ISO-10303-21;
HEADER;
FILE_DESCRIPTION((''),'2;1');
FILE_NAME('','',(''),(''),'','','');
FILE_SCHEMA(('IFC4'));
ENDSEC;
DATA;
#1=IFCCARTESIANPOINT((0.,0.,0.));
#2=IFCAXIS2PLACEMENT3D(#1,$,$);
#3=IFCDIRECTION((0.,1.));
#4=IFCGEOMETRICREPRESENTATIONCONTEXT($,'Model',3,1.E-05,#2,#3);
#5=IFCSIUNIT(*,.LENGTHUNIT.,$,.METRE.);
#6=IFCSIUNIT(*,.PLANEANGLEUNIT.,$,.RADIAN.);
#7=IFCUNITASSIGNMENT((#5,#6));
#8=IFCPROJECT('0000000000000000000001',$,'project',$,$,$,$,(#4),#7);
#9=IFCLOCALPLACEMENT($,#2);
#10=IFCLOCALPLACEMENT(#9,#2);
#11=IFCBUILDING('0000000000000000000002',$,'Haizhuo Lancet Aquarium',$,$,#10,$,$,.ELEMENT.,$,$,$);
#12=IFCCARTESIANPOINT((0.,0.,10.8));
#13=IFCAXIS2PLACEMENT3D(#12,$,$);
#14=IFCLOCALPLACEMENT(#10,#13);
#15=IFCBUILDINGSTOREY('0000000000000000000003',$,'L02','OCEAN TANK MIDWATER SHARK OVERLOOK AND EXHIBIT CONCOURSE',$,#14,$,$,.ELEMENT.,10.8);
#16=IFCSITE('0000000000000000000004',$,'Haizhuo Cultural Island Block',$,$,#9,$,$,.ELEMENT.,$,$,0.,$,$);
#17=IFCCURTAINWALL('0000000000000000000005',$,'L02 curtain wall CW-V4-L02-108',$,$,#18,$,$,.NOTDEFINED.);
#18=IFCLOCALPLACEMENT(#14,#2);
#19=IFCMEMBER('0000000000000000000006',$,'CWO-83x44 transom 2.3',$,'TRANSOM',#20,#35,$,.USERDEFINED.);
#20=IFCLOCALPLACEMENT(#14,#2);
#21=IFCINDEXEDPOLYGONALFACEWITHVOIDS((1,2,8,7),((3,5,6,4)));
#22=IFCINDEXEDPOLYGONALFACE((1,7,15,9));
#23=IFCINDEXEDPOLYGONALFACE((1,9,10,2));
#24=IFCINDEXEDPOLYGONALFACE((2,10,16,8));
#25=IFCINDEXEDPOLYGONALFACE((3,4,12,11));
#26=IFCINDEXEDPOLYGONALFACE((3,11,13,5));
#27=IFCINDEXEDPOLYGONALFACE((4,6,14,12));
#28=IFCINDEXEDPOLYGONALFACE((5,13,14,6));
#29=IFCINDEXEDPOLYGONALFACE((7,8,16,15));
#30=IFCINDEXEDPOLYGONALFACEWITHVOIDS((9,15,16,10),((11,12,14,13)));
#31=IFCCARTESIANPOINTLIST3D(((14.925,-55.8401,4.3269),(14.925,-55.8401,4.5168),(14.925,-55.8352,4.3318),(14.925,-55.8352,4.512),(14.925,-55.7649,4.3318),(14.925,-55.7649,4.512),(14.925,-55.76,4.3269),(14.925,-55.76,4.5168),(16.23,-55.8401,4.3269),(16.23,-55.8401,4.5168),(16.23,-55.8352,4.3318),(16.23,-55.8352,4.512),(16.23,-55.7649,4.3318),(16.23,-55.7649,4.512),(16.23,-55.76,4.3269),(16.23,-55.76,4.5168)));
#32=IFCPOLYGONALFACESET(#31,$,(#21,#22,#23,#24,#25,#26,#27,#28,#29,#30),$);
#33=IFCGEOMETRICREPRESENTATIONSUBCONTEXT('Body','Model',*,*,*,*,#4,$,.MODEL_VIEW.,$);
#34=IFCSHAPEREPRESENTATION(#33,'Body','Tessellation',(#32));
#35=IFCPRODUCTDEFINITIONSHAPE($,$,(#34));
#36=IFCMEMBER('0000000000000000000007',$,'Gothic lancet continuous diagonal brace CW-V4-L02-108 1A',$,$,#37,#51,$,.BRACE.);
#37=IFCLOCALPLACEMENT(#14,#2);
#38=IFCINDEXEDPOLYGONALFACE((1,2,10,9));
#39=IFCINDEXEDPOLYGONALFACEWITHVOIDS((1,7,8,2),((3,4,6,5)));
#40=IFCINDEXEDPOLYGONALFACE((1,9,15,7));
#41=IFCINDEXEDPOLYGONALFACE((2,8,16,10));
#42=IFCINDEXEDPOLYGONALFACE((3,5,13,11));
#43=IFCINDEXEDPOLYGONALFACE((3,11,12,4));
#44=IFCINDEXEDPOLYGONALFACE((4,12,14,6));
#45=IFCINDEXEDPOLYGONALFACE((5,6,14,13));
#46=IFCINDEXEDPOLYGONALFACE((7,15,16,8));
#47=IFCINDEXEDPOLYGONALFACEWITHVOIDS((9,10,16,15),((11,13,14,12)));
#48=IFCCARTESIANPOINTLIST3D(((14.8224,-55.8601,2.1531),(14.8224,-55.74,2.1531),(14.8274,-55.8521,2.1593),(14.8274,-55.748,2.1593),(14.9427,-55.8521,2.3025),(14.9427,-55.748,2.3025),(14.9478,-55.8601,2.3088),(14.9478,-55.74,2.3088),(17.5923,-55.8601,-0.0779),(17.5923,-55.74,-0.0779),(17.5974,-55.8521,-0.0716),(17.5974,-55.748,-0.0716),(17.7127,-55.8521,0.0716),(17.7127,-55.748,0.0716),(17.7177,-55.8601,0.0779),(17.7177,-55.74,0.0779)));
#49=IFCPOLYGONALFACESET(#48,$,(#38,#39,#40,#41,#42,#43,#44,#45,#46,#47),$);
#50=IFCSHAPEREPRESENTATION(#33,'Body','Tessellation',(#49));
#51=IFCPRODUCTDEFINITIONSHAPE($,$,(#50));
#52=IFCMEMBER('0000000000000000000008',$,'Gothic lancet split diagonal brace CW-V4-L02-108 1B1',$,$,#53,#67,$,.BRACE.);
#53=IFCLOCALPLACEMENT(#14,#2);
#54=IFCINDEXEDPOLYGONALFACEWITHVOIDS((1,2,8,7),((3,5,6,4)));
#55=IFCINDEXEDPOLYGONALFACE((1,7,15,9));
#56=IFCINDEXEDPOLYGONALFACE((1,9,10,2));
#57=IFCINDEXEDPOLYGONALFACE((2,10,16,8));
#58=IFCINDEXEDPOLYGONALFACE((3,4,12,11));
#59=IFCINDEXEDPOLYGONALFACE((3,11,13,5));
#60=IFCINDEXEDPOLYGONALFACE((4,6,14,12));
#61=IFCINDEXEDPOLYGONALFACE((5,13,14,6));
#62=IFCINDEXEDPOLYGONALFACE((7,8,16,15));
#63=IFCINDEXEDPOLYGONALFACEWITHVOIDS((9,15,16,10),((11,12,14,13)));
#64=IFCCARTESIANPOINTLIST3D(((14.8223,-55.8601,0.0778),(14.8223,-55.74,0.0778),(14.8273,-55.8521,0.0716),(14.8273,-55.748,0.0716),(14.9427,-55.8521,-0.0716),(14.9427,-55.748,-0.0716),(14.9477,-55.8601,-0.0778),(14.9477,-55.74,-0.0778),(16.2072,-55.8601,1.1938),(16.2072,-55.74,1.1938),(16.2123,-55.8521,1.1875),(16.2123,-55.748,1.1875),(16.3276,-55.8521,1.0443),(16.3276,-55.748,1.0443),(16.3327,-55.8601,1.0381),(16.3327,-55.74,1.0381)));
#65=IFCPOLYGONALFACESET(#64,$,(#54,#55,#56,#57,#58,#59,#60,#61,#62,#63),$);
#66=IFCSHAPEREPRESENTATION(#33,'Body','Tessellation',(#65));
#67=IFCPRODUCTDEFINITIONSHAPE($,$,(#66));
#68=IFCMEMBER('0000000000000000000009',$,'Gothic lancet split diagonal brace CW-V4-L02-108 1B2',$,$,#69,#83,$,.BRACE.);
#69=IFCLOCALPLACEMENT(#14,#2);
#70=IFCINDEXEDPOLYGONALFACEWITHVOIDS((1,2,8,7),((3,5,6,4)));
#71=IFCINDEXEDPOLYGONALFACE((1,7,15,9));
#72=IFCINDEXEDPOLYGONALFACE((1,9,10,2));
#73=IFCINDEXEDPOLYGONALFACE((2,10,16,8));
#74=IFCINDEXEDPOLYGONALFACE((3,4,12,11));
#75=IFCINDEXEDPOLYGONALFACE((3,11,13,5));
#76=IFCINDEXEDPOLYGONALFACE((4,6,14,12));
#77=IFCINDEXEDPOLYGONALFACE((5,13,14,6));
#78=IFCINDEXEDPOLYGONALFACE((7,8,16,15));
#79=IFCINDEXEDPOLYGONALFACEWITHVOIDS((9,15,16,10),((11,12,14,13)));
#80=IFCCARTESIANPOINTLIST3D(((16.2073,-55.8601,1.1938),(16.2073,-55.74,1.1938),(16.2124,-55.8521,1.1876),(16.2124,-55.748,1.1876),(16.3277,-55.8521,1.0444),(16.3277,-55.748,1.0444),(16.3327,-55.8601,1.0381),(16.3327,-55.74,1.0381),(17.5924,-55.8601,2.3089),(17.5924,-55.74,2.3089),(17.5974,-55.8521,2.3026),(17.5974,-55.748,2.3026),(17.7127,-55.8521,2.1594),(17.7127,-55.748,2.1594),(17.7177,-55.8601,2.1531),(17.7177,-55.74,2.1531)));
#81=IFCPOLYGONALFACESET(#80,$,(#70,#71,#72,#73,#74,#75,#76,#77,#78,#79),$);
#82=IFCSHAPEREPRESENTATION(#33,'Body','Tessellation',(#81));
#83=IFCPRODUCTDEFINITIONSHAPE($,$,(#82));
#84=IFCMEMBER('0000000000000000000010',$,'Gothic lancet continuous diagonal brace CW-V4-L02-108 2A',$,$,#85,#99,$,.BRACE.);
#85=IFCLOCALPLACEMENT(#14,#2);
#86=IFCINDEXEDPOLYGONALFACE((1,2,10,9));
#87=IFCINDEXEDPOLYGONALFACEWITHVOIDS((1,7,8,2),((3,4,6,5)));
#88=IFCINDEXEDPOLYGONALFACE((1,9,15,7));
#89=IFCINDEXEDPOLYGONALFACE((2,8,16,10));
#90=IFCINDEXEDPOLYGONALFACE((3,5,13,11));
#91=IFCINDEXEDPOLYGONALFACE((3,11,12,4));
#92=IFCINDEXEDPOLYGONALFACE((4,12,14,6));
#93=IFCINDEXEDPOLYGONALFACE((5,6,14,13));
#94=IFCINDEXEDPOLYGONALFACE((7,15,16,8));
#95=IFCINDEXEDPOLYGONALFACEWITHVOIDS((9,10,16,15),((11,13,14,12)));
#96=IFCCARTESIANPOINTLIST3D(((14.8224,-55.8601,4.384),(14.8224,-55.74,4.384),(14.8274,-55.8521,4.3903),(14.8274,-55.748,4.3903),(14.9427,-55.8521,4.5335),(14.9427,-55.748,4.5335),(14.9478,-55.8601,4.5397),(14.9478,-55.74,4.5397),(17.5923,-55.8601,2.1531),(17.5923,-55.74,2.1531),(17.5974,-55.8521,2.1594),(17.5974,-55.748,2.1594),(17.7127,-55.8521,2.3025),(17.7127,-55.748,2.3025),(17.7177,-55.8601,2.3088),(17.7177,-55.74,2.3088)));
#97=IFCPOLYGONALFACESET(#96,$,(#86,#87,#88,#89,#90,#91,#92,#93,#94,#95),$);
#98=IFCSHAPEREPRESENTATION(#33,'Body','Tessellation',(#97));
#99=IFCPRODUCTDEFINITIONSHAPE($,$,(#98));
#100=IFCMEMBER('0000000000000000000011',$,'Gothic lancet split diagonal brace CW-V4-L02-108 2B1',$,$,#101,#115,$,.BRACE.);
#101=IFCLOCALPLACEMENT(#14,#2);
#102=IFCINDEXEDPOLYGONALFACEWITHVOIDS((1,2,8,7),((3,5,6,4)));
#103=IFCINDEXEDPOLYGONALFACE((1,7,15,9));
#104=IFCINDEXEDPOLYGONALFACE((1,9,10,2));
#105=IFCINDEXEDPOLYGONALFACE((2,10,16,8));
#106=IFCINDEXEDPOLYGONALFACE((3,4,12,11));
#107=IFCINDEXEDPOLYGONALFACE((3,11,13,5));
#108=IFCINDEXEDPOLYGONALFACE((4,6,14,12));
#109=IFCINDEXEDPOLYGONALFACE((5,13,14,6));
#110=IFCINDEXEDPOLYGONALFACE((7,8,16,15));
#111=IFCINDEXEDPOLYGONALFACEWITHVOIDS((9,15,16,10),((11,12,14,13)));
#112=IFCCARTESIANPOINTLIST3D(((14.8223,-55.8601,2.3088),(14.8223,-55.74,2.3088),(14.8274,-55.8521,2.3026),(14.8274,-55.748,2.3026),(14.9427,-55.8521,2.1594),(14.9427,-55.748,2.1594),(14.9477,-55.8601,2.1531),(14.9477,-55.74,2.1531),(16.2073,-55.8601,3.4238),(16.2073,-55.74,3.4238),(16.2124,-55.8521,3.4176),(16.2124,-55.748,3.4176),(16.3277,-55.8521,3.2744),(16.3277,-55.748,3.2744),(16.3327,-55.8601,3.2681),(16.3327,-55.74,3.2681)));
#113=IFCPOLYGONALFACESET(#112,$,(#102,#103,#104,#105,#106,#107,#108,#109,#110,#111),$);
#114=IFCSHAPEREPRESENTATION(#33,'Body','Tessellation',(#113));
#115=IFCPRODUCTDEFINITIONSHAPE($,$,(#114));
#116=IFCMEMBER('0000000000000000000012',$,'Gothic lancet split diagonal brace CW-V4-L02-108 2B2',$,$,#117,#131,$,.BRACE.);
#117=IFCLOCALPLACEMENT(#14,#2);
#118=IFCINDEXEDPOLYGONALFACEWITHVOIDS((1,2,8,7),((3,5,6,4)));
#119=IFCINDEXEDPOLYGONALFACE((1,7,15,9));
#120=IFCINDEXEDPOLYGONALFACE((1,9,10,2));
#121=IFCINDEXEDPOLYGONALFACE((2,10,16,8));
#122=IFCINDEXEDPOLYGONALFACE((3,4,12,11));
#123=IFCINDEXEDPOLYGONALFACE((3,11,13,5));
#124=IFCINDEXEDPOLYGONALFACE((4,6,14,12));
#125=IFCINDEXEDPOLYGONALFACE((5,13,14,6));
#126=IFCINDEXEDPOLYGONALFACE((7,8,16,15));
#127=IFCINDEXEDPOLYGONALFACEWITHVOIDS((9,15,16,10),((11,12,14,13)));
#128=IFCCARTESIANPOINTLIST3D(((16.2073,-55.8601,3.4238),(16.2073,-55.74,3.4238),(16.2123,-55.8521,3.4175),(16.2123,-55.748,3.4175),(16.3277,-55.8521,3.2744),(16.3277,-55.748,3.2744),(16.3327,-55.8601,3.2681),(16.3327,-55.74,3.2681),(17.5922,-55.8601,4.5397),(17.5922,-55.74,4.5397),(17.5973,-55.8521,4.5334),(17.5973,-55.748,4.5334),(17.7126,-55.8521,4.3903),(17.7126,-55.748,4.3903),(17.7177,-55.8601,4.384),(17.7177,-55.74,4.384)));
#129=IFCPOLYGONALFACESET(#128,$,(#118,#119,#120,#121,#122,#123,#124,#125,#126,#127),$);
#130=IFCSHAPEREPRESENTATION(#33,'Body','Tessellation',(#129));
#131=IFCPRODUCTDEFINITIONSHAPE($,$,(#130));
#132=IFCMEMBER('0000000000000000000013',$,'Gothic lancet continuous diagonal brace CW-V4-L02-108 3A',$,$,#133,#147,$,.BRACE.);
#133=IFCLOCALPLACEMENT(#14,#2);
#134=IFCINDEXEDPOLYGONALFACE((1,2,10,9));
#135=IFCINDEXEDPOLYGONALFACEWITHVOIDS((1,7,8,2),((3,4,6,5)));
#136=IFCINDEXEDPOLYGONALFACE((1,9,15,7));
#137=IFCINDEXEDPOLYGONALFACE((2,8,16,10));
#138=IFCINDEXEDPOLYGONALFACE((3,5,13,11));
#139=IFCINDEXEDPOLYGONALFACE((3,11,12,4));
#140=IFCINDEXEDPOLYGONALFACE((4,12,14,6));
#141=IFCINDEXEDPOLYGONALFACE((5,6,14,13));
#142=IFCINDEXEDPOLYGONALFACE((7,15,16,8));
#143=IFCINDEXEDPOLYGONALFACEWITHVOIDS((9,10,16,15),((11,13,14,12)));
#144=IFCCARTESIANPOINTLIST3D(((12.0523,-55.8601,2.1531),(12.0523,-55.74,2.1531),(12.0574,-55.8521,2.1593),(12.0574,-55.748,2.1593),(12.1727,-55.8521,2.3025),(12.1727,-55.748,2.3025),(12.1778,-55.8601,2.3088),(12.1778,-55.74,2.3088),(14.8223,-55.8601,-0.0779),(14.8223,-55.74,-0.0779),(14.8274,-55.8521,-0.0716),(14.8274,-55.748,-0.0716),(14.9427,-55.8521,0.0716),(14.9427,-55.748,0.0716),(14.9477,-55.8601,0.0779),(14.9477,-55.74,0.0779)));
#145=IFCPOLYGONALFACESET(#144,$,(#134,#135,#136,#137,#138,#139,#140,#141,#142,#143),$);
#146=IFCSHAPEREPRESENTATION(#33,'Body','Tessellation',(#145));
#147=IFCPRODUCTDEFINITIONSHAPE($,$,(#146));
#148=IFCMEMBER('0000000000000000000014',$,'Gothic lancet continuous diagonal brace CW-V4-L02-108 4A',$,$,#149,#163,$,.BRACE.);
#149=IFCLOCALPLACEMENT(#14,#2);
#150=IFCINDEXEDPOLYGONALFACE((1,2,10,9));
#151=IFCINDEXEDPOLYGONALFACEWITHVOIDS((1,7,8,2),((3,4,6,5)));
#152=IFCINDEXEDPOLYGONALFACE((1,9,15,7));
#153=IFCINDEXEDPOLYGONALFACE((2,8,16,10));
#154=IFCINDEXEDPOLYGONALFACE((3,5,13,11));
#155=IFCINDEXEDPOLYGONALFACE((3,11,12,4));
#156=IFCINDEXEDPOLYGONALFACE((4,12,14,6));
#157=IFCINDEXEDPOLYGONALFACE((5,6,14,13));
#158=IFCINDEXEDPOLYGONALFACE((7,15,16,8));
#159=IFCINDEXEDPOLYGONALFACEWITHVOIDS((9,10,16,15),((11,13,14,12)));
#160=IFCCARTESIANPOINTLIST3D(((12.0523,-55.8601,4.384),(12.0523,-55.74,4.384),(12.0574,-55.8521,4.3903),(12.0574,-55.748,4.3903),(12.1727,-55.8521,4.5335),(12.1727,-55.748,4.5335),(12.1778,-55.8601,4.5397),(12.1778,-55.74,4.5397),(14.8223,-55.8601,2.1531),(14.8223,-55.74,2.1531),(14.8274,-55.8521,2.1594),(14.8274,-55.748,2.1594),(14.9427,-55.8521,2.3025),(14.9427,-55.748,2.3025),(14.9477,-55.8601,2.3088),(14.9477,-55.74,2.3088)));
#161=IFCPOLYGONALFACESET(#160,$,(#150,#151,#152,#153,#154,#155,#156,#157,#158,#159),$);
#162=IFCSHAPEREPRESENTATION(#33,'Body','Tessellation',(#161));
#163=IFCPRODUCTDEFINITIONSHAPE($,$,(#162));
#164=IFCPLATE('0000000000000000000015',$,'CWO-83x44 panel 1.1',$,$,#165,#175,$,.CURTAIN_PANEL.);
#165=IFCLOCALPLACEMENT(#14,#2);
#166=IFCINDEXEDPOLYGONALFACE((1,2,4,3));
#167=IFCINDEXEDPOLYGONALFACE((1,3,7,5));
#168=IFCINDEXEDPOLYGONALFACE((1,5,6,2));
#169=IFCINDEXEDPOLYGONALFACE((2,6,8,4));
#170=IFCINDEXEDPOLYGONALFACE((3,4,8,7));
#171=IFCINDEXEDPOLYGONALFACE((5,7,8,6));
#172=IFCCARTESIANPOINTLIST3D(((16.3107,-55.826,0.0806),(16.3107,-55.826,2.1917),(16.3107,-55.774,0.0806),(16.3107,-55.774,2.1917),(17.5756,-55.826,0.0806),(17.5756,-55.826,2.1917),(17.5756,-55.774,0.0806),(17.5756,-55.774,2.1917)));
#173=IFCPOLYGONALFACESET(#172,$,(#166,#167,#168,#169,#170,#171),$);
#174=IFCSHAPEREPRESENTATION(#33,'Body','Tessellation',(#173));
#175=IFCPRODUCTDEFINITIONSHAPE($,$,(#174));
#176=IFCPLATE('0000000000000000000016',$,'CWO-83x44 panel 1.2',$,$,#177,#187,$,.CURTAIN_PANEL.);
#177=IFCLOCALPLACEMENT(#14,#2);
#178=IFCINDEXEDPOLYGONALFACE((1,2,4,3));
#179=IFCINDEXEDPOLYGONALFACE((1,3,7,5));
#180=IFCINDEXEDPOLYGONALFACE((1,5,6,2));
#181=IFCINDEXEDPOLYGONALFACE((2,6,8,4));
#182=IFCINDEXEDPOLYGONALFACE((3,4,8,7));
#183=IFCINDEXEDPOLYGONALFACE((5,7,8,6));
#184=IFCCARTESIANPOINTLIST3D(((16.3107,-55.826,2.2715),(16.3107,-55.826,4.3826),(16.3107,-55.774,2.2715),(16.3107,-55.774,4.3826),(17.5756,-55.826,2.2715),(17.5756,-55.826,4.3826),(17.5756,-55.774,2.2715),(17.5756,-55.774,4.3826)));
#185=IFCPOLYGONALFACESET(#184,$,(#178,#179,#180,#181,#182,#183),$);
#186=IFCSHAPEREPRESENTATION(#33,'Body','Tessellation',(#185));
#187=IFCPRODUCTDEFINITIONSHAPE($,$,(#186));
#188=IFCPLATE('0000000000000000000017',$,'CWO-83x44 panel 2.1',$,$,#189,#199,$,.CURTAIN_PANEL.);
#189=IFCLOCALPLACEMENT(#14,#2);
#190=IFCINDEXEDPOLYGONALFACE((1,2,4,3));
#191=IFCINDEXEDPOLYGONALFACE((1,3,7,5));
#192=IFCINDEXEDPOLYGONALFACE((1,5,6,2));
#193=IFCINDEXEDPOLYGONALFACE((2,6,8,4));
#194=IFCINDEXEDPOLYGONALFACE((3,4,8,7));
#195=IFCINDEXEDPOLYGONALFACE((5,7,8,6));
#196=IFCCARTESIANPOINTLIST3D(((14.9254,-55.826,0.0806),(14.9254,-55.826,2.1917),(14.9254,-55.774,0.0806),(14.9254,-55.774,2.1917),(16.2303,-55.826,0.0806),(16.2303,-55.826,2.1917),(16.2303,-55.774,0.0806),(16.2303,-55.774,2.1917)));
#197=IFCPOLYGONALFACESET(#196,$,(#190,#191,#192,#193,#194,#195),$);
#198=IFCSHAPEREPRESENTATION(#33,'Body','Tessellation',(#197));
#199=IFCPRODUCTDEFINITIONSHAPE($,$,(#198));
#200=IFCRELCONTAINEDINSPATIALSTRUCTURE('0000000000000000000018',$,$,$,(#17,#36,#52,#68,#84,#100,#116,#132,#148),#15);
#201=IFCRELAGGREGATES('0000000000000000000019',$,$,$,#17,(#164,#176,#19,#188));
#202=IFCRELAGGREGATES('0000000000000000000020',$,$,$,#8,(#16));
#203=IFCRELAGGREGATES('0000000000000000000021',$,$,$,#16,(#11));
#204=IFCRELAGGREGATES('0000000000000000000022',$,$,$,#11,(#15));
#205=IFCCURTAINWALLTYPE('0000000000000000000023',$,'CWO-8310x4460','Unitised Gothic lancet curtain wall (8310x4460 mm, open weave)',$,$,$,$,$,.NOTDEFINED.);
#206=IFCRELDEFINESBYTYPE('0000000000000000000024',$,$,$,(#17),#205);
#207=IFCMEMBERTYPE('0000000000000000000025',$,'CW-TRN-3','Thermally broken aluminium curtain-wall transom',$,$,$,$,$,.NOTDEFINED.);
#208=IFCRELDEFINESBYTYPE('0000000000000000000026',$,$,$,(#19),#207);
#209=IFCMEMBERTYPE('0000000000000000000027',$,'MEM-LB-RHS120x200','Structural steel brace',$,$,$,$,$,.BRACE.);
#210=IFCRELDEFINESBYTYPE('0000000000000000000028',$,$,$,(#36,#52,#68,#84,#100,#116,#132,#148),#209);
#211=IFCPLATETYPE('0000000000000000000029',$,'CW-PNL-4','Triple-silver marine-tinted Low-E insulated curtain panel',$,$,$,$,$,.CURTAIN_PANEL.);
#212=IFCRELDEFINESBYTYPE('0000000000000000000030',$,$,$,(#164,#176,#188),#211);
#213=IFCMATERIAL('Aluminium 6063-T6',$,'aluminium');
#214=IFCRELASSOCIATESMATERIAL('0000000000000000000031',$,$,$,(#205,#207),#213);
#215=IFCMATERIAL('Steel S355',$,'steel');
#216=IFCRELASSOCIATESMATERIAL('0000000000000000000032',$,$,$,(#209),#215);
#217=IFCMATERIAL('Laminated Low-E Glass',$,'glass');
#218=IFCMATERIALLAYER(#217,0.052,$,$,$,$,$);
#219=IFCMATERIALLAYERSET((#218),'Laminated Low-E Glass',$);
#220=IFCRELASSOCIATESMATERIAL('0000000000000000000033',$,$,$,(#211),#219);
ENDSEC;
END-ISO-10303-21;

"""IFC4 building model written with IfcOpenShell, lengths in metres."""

from ifc_helpers import new_model, si_unit, direction, frame, origin, origin_2d, place, context, subcontext, project, spatial, rectangle, hollow_rectangle, extrude, material, layer, layer_set, material_profile, profile_set, type_object, element, aggregate, save


model = new_model("IFC4")

# Units and contexts
model_context = context("Model", 3, precision=1e-05, world=origin(), true_north=direction((0.0, 1.0)))
body_context = subcontext(model_context, "Body", "Model", "MODEL_VIEW")
ifc_project = project(units=[si_unit("LENGTHUNIT", "METRE"), si_unit("PLANEANGLEUNIT", "RADIAN")], contexts=[model_context])

# Site, building, storey
site_placement = place(None, origin())
site = spatial("IfcSite", under=ifc_project, at=site_placement, Name="Haizhuo Cultural Island Block", CompositionType="ELEMENT", RefElevation=0.0)
building_placement = place(site_placement, origin())
building = spatial("IfcBuilding", under=site, at=building_placement, Name="Haizhuo Lancet Aquarium", CompositionType="ELEMENT")
storey_placement = place(building_placement, frame((0.0, 0.0, 10.8)))
storey = spatial("IfcBuildingStorey", under=building, at=storey_placement, Name="L02", Description="OCEAN TANK MIDWATER SHARK OVERLOOK AND EXHIBIT CONCOURSE", CompositionType="ELEMENT", Elevation=10.8)

# Shared definitions
ifc_material_1 = material(Name="Steel S355", Category="steel")

# Curtain wall, member
ifc_material_2 = material(Name="Aluminium 6063-T6", Category="aluminium")
curtain_wall_type = type_object("IfcCurtainWallType", Name="CWO-8310x4460", Description="Unitised Gothic lancet curtain wall (8310x4460 mm, open weave)", PredefinedType="NOTDEFINED", material=ifc_material_2)
curtain_wall_placement = place(storey_placement, origin())
curtain_wall = element("IfcCurtainWall", 1, at=curtain_wall_placement, inside=storey, type_object=curtain_wall_type, Name="L02 curtain wall CW-V4-L02-108", PredefinedType="NOTDEFINED")
ifc_material_profile_1 = material_profile(ifc_material_2, hollow_rectangle(XDim=0.0801, YDim=0.1899, WallThickness=0.0049, at=origin_2d()), Name="ALU-T 80x190x5")
ifc_profile_set_1 = profile_set([ifc_material_profile_1], Name="Aluminium 6063-T6")
member_type_1 = type_object("IfcMemberType", Name="CW-TRN-3", Description="Thermally broken aluminium curtain-wall transom", PredefinedType="NOTDEFINED", material=ifc_profile_set_1)
member_1_placement = place(storey_placement, frame((16.23, -55.8, 4.4219), z_axis=(-1.0, 0.0, 0.0), x_axis=(0.0, -1.0, 0.0)))
member_1 = element("IfcMember", 2, at=member_1_placement, type_object=member_type_1, Name="CWO-83x44 transom 2.3", ObjectType="TRANSOM", PredefinedType="USERDEFINED", context=body_context, shape_type="SweptSolid", body=[
    extrude(hollow_rectangle(XDim=0.0801, YDim=0.1899, WallThickness=0.0049, at=origin_2d()), origin(), (0.0, 0.0, 1.0), 1.3049),
])

# Members
ifc_material_profile_2 = material_profile(ifc_material_1, hollow_rectangle(XDim=0.1201, YDim=0.2, WallThickness=0.0081, at=origin_2d()), Name="RHS 120x200x8")
ifc_profile_set_2 = profile_set([ifc_material_profile_2], Name="Steel S355")
member_type_2 = type_object("IfcMemberType", Name="MEM-LB-RHS120x200", Description="Structural steel brace", PredefinedType="BRACE", material=ifc_profile_set_2)
member_2_placement = place(storey_placement, frame((17.655, -55.8, 0.0), z_axis=(-0.778815, 0.0, 0.627253), x_axis=(0.0, -1.0, 0.0)))
element("IfcMember", 3, at=member_2_placement, inside=storey, type_object=member_type_2, Name="Gothic lancet continuous diagonal brace CW-V4-L02-108 1A", PredefinedType="BRACE", context=body_context, shape_type="SweptSolid", body=[
    extrude(hollow_rectangle(XDim=0.1201, YDim=0.2, WallThickness=0.0081, at=origin_2d()), origin(), (0.0, 0.0, 1.0), 3.5566),
])
member_3_placement = place(storey_placement, frame((14.885, -55.8, 0.0), z_axis=(0.778681, 0.0, 0.62742), x_axis=(0.0, 1.0, 0.0)))
element("IfcMember", 4, at=member_3_placement, inside=storey, type_object=member_type_2, Name="Gothic lancet split diagonal brace CW-V4-L02-108 1B1", PredefinedType="BRACE", context=body_context, shape_type="SweptSolid", body=[
    extrude(hollow_rectangle(XDim=0.1201, YDim=0.2, WallThickness=0.0081, at=origin_2d()), origin(), (0.0, 0.0, 1.0), 1.7786),
])
member_4_placement = place(storey_placement, frame((16.27, -55.8, 1.116), z_axis=(0.77895, 0.0, 0.627087), x_axis=(0.0, 1.0, 0.0)))
element("IfcMember", 5, at=member_4_placement, inside=storey, type_object=member_type_2, Name="Gothic lancet split diagonal brace CW-V4-L02-108 1B2", PredefinedType="BRACE", context=body_context, shape_type="SweptSolid", body=[
    extrude(hollow_rectangle(XDim=0.1201, YDim=0.2, WallThickness=0.0081, at=origin_2d()), origin(), (0.0, 0.0, 1.0), 1.7781),
])
member_5_placement = place(storey_placement, frame((17.655, -55.8, 2.231), z_axis=(-0.778815, 0.0, 0.627253), x_axis=(0.0, -1.0, 0.0)))
element("IfcMember", 6, at=member_5_placement, inside=storey, type_object=member_type_2, Name="Gothic lancet continuous diagonal brace CW-V4-L02-108 2A", PredefinedType="BRACE", context=body_context, shape_type="SweptSolid", body=[
    extrude(hollow_rectangle(XDim=0.1201, YDim=0.2, WallThickness=0.0081, at=origin_2d()), origin(), (0.0, 0.0, 1.0), 3.5566),
])
member_6_placement = place(storey_placement, frame((14.885, -55.8, 2.231), z_axis=(0.77895, 0.0, 0.627087), x_axis=(0.0, 1.0, 0.0)))
element("IfcMember", 7, at=member_6_placement, inside=storey, type_object=member_type_2, Name="Gothic lancet split diagonal brace CW-V4-L02-108 2B1", PredefinedType="BRACE", context=body_context, shape_type="SweptSolid", body=[
    extrude(hollow_rectangle(XDim=0.1201, YDim=0.2, WallThickness=0.0081, at=origin_2d()), origin(), (0.0, 0.0, 1.0), 1.7781),
])
member_7_placement = place(storey_placement, frame((16.27, -55.8, 3.3459), z_axis=(0.778681, 0.0, 0.62742), x_axis=(0.0, 1.0, 0.0)))
element("IfcMember", 8, at=member_7_placement, inside=storey, type_object=member_type_2, Name="Gothic lancet split diagonal brace CW-V4-L02-108 2B2", PredefinedType="BRACE", context=body_context, shape_type="SweptSolid", body=[
    extrude(hollow_rectangle(XDim=0.1201, YDim=0.2, WallThickness=0.0081, at=origin_2d()), origin(), (0.0, 0.0, 1.0), 1.7786),
])
for number, where, z_axis, x_axis, name in (
    (9, (14.885, -55.8, 0.0), (-0.778815, 0.0, 0.627253), (0.0, -1.0, 0.0), "Gothic lancet continuous diagonal brace CW-V4-L02-108 3A"),
    (10, (14.885, -55.8, 2.231), (-0.778815, 0.0, 0.627253), (0.0, -1.0, 0.0), "Gothic lancet continuous diagonal brace CW-V4-L02-108 4A"),
):
    element("IfcMember", number, at=place(storey_placement, frame(where, z_axis=z_axis, x_axis=x_axis)), inside=storey, type_object=member_type_2, Name=name, PredefinedType="BRACE", context=body_context, shape_type="SweptSolid", body=[
        extrude(hollow_rectangle(XDim=0.1201, YDim=0.2, WallThickness=0.0081, at=origin_2d()), origin(), (0.0, 0.0, 1.0), 3.5566),
    ])

# Plates
ifc_material_3 = material(Name="Laminated Low-E Glass", Category="glass")
ifc_layer = layer(ifc_material_3, 0.052)
ifc_layer_set = layer_set([ifc_layer], Name="Laminated Low-E Glass")
plate_type = type_object("IfcPlateType", Name="CW-PNL-4", Description="Triple-silver marine-tinted Low-E insulated curtain panel", PredefinedType="CURTAIN_PANEL", material=ifc_layer_set)
plate_1_placement = place(storey_placement, frame((16.9431, -55.8, 0.0806), z_axis=(0.0, 0.0, 1.0), x_axis=(-1.0, 0.0, 0.0)))
plate_1 = element("IfcPlate", 11, at=plate_1_placement, type_object=plate_type, Name="CWO-83x44 panel 1.1", PredefinedType="CURTAIN_PANEL", context=body_context, shape_type="SweptSolid", body=[
    extrude(rectangle(XDim=1.2649, YDim=0.052, at=origin_2d()), origin(), (0.0, 0.0, 1.0), 2.1111),
])
plate_2_placement = place(storey_placement, frame((16.9431, -55.8, 2.2715), z_axis=(0.0, 0.0, 1.0), x_axis=(-1.0, 0.0, 0.0)))
plate_2 = element("IfcPlate", 12, at=plate_2_placement, type_object=plate_type, Name="CWO-83x44 panel 1.2", PredefinedType="CURTAIN_PANEL", context=body_context, shape_type="SweptSolid", body=[
    extrude(rectangle(XDim=1.2649, YDim=0.052, at=origin_2d()), origin(), (0.0, 0.0, 1.0), 2.1111),
])
plate_3_placement = place(storey_placement, frame((15.5779, -55.8, 0.0806), z_axis=(0.0, 0.0, 1.0), x_axis=(-1.0, 0.0, 0.0)))
plate_3 = element("IfcPlate", 13, at=plate_3_placement, type_object=plate_type, Name="CWO-83x44 panel 2.1", PredefinedType="CURTAIN_PANEL", context=body_context, shape_type="SweptSolid", body=[
    extrude(rectangle(XDim=1.3049, YDim=0.052, at=origin_2d()), origin(), (0.0, 0.0, 1.0), 2.1111),
])
aggregate(curtain_wall, [plate_1, plate_2, member_1, plate_3])

save(model, "model.ifc")
